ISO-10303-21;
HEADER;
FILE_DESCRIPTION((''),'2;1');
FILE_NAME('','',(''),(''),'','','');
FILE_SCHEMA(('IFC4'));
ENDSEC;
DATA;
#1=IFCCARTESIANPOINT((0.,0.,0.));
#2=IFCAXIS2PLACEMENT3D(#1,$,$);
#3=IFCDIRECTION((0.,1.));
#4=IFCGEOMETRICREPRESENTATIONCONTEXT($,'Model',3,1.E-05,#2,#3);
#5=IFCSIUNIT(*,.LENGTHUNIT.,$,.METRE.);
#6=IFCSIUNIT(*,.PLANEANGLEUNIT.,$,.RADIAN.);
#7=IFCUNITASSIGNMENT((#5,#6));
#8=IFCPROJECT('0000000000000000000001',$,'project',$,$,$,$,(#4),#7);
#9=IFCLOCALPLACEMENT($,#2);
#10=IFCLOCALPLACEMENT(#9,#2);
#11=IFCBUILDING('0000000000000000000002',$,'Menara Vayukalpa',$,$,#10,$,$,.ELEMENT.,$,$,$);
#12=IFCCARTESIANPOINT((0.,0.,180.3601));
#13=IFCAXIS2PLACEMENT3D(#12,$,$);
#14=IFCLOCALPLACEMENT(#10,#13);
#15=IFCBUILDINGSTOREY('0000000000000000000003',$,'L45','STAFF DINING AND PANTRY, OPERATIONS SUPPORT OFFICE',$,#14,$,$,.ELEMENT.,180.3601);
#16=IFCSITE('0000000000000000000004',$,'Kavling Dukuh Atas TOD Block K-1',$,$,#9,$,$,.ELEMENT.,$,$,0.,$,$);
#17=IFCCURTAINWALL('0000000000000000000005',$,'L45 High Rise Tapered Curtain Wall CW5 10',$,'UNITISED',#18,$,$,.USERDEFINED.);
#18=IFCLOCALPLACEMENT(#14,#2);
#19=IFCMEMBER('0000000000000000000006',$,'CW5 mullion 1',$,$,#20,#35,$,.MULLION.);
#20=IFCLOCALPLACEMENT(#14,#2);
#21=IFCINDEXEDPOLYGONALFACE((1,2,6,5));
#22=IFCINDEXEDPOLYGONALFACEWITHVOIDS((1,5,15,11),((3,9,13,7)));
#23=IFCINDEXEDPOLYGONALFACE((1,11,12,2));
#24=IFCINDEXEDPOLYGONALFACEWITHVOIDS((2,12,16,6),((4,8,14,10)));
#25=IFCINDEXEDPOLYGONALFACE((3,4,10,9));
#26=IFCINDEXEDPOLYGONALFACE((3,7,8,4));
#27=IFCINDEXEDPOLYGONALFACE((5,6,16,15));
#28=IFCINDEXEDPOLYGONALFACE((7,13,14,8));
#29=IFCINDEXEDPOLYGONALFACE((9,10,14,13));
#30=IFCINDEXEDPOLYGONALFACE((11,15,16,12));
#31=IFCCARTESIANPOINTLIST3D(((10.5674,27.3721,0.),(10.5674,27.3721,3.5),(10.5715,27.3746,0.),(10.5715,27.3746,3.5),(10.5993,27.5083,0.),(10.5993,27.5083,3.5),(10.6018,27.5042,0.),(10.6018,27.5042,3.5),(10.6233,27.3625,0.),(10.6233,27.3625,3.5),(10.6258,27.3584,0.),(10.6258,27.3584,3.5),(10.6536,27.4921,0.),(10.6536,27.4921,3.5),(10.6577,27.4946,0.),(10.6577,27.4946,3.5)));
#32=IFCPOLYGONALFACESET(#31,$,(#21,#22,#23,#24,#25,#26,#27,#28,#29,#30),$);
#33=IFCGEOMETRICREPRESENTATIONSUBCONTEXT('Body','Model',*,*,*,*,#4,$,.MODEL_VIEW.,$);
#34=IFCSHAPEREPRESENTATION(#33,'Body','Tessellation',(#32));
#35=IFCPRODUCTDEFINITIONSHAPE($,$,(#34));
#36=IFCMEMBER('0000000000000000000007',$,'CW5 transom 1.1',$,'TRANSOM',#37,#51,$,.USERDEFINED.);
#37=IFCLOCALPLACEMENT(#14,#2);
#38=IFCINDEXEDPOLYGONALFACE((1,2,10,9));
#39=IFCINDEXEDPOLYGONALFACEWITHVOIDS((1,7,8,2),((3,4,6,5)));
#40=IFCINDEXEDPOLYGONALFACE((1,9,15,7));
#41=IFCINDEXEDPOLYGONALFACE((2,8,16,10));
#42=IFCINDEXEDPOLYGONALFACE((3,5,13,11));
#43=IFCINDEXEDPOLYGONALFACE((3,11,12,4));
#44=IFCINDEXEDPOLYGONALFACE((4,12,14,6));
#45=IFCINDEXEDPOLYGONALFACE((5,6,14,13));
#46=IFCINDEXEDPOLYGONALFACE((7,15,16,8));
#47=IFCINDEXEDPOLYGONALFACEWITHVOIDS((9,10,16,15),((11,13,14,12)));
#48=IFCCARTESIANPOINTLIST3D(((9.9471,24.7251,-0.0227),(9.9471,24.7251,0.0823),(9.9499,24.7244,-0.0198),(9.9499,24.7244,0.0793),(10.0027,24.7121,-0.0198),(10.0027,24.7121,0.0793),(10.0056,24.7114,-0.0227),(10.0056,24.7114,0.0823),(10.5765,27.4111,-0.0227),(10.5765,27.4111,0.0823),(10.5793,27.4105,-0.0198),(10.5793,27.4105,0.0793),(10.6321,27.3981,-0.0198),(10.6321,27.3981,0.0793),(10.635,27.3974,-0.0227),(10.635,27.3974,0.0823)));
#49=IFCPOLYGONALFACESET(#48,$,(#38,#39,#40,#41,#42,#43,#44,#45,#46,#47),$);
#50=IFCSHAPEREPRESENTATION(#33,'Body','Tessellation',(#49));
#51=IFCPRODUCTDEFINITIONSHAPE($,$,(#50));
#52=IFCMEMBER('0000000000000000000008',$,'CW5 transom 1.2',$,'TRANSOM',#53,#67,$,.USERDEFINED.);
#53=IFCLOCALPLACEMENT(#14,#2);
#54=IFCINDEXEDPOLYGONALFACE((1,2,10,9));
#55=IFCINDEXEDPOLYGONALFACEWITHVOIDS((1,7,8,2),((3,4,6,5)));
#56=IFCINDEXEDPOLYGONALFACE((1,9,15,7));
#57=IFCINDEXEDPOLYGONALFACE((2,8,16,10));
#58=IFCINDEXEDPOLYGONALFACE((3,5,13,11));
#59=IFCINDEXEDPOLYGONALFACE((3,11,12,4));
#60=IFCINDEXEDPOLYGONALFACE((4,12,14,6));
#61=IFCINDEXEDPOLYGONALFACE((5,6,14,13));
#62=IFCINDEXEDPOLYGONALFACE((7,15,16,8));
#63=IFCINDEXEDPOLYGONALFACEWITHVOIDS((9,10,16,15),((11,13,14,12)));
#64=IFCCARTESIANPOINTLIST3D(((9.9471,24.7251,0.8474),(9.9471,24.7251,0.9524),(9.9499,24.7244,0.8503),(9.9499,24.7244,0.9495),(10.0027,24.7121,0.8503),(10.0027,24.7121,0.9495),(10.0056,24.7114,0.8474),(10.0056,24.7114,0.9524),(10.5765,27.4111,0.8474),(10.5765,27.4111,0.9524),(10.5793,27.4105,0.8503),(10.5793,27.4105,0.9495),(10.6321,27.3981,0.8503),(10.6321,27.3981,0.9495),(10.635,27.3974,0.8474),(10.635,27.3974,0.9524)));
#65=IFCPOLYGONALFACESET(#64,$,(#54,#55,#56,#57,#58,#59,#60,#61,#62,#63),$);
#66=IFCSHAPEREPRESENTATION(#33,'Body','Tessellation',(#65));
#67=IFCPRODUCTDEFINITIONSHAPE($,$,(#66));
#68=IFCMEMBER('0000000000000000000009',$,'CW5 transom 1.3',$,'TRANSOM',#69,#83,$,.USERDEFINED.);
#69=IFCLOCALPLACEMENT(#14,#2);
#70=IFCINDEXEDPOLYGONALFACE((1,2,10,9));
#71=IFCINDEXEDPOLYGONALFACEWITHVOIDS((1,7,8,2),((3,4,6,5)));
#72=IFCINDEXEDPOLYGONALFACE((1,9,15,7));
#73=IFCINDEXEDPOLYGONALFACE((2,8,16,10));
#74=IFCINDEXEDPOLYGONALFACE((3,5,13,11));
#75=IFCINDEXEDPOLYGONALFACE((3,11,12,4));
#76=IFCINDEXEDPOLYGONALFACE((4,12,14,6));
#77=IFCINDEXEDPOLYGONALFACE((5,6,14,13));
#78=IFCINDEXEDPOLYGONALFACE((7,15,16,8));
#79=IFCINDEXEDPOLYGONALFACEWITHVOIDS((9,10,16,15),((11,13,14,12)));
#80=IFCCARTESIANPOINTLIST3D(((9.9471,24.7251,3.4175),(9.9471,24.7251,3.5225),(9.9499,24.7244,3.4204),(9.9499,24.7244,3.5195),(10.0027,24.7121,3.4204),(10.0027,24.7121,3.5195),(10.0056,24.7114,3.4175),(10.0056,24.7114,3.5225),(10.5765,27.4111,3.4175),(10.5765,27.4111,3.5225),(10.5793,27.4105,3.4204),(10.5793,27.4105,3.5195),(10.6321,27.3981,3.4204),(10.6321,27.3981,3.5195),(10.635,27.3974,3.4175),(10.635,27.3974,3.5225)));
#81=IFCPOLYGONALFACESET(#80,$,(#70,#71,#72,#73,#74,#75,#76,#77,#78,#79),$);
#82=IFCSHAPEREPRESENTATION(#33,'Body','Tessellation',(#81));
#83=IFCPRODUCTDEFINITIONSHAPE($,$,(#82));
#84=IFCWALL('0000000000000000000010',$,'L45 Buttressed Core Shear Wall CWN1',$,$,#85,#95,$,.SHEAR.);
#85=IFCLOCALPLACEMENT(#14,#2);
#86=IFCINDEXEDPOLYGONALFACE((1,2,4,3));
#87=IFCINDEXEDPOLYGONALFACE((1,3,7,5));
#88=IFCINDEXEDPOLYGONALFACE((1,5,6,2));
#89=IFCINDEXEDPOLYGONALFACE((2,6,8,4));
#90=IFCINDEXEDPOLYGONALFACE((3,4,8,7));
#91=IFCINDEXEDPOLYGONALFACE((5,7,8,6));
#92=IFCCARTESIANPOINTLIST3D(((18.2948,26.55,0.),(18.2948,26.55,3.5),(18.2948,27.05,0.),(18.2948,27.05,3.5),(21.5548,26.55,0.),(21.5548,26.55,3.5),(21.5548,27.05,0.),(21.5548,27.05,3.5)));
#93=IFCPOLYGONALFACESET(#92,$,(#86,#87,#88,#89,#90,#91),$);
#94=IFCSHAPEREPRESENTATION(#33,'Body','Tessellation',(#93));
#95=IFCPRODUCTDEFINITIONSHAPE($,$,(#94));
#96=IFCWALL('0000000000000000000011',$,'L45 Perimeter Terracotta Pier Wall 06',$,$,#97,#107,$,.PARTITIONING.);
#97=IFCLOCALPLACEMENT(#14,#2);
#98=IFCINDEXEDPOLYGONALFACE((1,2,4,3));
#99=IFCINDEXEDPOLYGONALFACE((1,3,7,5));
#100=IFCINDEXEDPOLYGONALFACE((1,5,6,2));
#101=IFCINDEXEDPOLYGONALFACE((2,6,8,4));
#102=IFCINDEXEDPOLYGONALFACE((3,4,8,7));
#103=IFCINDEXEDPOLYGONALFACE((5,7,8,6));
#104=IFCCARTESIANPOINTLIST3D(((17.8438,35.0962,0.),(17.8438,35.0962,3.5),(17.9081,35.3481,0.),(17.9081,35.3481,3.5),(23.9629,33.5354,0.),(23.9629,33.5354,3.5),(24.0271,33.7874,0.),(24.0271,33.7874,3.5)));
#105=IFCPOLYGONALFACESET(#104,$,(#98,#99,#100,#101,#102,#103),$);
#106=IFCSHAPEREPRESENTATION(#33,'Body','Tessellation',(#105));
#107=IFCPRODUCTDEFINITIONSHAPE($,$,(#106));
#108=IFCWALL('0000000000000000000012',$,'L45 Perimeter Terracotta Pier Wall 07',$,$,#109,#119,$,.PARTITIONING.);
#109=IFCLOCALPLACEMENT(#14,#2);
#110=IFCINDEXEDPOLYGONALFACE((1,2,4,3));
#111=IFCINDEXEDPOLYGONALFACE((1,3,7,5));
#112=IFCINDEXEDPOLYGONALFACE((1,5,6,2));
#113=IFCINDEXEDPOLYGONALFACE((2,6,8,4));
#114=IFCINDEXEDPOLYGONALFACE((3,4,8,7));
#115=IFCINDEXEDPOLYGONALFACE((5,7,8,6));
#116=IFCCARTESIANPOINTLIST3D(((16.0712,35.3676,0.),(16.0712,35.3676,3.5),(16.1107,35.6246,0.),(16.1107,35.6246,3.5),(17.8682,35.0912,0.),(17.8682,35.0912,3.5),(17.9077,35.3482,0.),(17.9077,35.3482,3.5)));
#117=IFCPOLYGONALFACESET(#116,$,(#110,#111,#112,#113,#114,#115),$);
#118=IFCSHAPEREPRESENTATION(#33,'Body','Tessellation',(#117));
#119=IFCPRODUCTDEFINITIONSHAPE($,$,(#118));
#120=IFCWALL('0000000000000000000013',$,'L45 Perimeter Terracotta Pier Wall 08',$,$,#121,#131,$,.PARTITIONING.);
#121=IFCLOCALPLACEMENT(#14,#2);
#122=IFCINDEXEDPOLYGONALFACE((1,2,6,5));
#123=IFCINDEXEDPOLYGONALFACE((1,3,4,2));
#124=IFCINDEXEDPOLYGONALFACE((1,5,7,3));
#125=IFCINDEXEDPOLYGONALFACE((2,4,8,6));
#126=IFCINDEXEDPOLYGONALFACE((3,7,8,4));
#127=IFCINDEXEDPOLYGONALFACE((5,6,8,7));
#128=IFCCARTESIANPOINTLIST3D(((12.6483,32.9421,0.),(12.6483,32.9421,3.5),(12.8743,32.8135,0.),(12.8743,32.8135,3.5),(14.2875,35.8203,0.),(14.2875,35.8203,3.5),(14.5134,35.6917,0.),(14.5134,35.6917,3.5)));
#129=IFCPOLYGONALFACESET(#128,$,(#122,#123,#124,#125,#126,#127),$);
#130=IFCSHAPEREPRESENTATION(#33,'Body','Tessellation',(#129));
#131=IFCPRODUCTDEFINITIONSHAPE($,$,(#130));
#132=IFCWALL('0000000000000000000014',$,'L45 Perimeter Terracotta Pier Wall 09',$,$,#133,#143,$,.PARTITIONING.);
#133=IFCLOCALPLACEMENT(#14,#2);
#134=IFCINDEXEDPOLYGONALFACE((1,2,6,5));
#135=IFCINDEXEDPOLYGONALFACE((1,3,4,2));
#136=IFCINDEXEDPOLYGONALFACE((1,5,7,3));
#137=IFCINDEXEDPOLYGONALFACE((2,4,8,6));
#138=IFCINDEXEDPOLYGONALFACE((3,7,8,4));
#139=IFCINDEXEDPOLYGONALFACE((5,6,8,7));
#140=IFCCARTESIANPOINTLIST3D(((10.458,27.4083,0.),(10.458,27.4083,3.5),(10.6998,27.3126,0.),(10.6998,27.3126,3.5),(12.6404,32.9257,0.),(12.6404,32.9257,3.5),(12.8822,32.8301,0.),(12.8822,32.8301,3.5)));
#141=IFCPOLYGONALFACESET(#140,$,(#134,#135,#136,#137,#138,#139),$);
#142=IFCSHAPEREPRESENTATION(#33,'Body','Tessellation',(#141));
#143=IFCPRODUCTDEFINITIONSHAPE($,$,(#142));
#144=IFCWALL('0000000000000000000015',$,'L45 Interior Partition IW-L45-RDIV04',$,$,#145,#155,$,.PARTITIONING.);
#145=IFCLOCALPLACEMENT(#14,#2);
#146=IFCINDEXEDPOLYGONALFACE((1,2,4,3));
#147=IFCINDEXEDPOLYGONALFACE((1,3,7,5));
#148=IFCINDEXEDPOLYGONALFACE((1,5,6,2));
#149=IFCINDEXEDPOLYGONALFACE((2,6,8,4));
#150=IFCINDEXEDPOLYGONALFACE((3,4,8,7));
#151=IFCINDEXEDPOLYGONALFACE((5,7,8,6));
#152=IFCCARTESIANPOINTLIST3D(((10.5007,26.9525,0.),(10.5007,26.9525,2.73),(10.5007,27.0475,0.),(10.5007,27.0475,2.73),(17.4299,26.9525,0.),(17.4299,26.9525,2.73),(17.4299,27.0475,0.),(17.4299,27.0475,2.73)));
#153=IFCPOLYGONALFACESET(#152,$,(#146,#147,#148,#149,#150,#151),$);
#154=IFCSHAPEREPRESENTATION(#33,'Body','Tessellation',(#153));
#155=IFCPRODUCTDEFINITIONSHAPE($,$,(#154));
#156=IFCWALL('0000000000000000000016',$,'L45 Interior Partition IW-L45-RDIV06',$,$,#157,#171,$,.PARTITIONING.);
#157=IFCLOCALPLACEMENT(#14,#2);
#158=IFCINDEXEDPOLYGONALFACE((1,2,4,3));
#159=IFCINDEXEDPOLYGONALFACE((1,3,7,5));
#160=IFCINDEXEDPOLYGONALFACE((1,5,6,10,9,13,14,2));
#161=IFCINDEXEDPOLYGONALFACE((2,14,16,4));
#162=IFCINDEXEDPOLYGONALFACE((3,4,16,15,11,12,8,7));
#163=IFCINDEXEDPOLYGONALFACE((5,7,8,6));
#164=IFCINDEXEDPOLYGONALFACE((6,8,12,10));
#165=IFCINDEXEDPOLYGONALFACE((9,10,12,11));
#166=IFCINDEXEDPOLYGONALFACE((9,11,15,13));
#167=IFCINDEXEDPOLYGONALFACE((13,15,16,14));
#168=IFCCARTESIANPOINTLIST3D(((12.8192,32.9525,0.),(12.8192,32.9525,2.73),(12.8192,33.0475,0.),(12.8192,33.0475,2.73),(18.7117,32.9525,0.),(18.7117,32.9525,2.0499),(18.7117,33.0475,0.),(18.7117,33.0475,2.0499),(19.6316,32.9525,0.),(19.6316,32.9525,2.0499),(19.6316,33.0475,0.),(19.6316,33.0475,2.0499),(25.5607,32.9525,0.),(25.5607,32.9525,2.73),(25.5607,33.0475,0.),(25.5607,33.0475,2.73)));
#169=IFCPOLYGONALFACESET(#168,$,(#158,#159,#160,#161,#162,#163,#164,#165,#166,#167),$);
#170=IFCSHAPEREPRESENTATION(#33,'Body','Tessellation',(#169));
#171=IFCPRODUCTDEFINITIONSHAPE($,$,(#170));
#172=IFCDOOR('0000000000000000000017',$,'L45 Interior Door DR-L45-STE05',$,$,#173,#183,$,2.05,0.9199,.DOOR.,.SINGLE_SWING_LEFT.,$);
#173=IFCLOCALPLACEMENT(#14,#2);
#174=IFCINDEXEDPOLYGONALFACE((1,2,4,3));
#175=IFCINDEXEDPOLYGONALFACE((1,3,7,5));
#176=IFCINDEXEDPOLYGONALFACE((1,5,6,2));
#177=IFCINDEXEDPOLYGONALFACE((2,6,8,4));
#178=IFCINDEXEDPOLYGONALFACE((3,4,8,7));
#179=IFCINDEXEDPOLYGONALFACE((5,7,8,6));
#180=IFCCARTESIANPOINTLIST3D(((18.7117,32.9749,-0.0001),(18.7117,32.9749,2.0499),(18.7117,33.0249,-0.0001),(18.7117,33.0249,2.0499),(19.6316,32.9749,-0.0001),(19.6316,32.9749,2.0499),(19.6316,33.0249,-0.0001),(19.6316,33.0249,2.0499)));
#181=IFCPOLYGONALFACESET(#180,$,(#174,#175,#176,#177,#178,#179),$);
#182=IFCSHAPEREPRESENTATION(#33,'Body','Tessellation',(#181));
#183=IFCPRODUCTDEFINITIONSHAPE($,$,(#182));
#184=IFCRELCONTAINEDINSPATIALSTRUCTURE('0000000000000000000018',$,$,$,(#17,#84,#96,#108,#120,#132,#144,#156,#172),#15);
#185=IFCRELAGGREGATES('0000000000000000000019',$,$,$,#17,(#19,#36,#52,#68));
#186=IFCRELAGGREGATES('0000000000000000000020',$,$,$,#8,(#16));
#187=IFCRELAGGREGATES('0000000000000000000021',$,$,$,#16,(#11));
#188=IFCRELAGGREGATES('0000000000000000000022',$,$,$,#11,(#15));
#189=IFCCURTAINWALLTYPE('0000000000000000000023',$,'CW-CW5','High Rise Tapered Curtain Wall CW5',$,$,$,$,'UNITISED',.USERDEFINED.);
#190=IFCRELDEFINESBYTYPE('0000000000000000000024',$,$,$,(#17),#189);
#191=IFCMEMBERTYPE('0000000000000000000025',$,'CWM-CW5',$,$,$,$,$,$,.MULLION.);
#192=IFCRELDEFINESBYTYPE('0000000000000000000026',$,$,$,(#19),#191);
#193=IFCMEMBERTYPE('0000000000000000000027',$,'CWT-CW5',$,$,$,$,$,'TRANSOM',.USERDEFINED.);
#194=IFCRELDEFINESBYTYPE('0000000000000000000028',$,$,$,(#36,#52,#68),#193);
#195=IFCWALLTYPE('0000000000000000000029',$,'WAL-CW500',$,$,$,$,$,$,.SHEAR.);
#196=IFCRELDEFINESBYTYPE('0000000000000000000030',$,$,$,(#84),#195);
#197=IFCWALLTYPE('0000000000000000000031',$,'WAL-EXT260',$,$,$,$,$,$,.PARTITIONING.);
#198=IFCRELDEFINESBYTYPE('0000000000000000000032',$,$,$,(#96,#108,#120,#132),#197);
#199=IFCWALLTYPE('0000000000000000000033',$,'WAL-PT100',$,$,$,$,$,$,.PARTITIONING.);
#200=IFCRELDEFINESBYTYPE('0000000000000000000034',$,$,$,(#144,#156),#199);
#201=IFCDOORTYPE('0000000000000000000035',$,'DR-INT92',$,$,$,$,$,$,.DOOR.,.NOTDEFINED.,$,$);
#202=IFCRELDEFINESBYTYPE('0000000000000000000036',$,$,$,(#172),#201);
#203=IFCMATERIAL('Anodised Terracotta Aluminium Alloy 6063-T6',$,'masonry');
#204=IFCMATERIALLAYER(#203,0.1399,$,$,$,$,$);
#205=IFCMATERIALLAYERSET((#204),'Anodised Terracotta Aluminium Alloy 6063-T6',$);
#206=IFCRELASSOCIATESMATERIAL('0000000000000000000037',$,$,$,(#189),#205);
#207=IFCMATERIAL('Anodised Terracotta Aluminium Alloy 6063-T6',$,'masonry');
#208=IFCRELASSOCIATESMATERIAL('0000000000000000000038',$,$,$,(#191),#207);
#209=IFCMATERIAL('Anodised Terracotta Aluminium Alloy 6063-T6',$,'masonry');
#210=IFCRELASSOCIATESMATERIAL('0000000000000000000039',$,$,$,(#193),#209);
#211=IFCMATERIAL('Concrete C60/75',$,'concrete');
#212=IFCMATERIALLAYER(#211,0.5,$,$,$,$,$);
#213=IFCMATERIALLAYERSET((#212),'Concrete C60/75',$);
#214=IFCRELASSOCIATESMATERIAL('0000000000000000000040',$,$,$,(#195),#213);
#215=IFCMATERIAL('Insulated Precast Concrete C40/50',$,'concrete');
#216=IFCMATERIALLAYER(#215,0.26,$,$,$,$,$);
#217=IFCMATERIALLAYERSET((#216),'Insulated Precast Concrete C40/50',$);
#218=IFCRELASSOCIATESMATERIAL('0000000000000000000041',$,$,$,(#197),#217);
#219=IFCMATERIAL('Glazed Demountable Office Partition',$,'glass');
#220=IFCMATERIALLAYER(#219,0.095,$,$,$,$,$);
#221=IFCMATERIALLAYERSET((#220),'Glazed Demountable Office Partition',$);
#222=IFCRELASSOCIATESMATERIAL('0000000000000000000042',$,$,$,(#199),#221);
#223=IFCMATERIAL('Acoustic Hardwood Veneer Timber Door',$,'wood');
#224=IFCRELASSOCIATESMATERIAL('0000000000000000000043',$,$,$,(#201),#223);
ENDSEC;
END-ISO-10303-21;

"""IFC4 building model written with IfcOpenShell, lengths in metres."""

from ifc_helpers import new_model, si_unit, direction, frame, frame_2d, origin, origin_2d, place, context, subcontext, project, spatial, rectangle, hollow_rectangle, extrude, material, layer, layer_set, material_profile, profile_set, type_object, element, fill, aggregate, save


model = new_model("IFC4")

# Units and contexts
model_context = context("Model", 3, precision=1e-05, world=origin(), true_north=direction((0.0, 1.0)))
body_context = subcontext(model_context, "Body", "Model", "MODEL_VIEW")
ifc_project = project(units=[si_unit("LENGTHUNIT", "METRE"), si_unit("PLANEANGLEUNIT", "RADIAN")], contexts=[model_context])

# Site, building, storey
site_placement = place(None, origin())
site = spatial("IfcSite", under=ifc_project, at=site_placement, Name="Kavling Dukuh Atas TOD Block K-1", CompositionType="ELEMENT", RefElevation=0.0)
building_placement = place(site_placement, origin())
building = spatial("IfcBuilding", under=site, at=building_placement, Name="Menara Vayukalpa", CompositionType="ELEMENT")
storey_placement = place(building_placement, frame((0.0, 0.0, 180.3601)))
storey = spatial("IfcBuildingStorey", under=building, at=storey_placement, Name="L45", Description="STAFF DINING AND PANTRY, OPERATIONS SUPPORT OFFICE", CompositionType="ELEMENT", Elevation=180.3601)

# Curtain wall, members
ifc_material_1 = material(Name="Anodised Terracotta Aluminium Alloy 6063-T6", Category="masonry")
ifc_layer_1 = layer(ifc_material_1, 0.1399)
ifc_layer_set_1 = layer_set([ifc_layer_1], Name="Anodised Terracotta Aluminium Alloy 6063-T6")
curtain_wall_type = type_object("IfcCurtainWallType", Name="CW-CW5", Description="High Rise Tapered Curtain Wall CW5", ElementType="UNITISED", PredefinedType="USERDEFINED", material=ifc_layer_set_1)
curtain_wall_placement = place(storey_placement, origin())
curtain_wall = element("IfcCurtainWall", 1, at=curtain_wall_placement, inside=storey, type_object=curtain_wall_type, Name="L45 High Rise Tapered Curtain Wall CW5 10", ObjectType="UNITISED", PredefinedType="USERDEFINED")
ifc_material_2 = material(Name="Anodised Terracotta Aluminium Alloy 6063-T6", Category="masonry")
ifc_material_profile_1 = material_profile(ifc_material_2, hollow_rectangle(XDim=0.0601, YDim=0.1399, WallThickness=0.0034, at=origin_2d()), Name="ALU 60x140x3.5")
ifc_profile_set_1 = profile_set([ifc_material_profile_1], Name="Anodised Terracotta Aluminium Alloy 6063-T6")
member_type_1 = type_object("IfcMemberType", Name="CWM-CW5", PredefinedType="MULLION", material=ifc_profile_set_1)
member_1_placement = place(storey_placement, frame((10.6125, 27.4333, 0.0), z_axis=(0.0, 0.0, 1.0), x_axis=(0.973626, -0.228149, 0.0)))
member_1 = element("IfcMember", 2, at=member_1_placement, type_object=member_type_1, Name="CW5 mullion 1", PredefinedType="MULLION", context=body_context, shape_type="SweptSolid", body=[
    extrude(hollow_rectangle(XDim=0.0601, YDim=0.1399, WallThickness=0.0034, at=origin_2d()), origin(), (0.0, 0.0, 1.0), 3.5),
])
ifc_material_3 = material(Name="Anodised Terracotta Aluminium Alloy 6063-T6", Category="masonry")
ifc_material_profile_2 = material_profile(ifc_material_3, hollow_rectangle(XDim=0.0601, YDim=0.105, WallThickness=0.0029, at=origin_2d()), Name="ALU 60x105x3")
ifc_profile_set_2 = profile_set([ifc_material_profile_2], Name="Anodised Terracotta Aluminium Alloy 6063-T6")
member_type_2 = type_object("IfcMemberType", Name="CWT-CW5", ElementType="TRANSOM", PredefinedType="USERDEFINED", material=ifc_profile_set_2)
member_2_placement = place(storey_placement, frame((10.6057, 27.4043, 0.0298), z_axis=(-0.228142, -0.973628, 0.0), x_axis=(0.973628, -0.228142, 0.0)))
member_2 = element("IfcMember", 3, at=member_2_placement, type_object=member_type_2, Name="CW5 transom 1.1", ObjectType="TRANSOM", PredefinedType="USERDEFINED", context=body_context, shape_type="SweptSolid", body=[
    extrude(hollow_rectangle(XDim=0.0601, YDim=0.105, WallThickness=0.0029, at=origin_2d()), origin(), (0.0, 0.0, 1.0), 2.7588),
])
member_3_placement = place(storey_placement, frame((10.6057, 27.4043, 0.8999), z_axis=(-0.228142, -0.973628, 0.0), x_axis=(0.973628, -0.228142, 0.0)))
member_3 = element("IfcMember", 4, at=member_3_placement, type_object=member_type_2, Name="CW5 transom 1.2", ObjectType="TRANSOM", PredefinedType="USERDEFINED", context=body_context, shape_type="SweptSolid", body=[
    extrude(hollow_rectangle(XDim=0.0601, YDim=0.105, WallThickness=0.0029, at=origin_2d()), origin(), (0.0, 0.0, 1.0), 2.7588),
])
member_4_placement = place(storey_placement, frame((10.6057, 27.4043, 3.47), z_axis=(-0.228142, -0.973628, 0.0), x_axis=(0.973628, -0.228142, 0.0)))
member_4 = element("IfcMember", 5, at=member_4_placement, type_object=member_type_2, Name="CW5 transom 1.3", ObjectType="TRANSOM", PredefinedType="USERDEFINED", context=body_context, shape_type="SweptSolid", body=[
    extrude(hollow_rectangle(XDim=0.0601, YDim=0.105, WallThickness=0.0029, at=origin_2d()), origin(), (0.0, 0.0, 1.0), 2.7588),
])
aggregate(curtain_wall, [member_1, member_2, member_3, member_4])

# Walls
ifc_material_4 = material(Name="Concrete C60/75", Category="concrete")
ifc_layer_2 = layer(ifc_material_4, 0.5)
ifc_layer_set_2 = layer_set([ifc_layer_2], Name="Concrete C60/75")
wall_type_1 = type_object("IfcWallType", Name="WAL-CW500", PredefinedType="SHEAR", material=ifc_layer_set_2)
wall_1_placement = place(storey_placement, frame((18.2949, 26.8, 0.0), z_axis=(0.0, 0.0, 1.0), x_axis=(1.0, 0.0, 0.0)))
element("IfcWall", 6, at=wall_1_placement, inside=storey, type_object=wall_type_1, Name="L45 Buttressed Core Shear Wall CWN1", PredefinedType="SHEAR", context=body_context, shape_type="SweptSolid", body=[
    extrude(rectangle(XDim=3.26, YDim=0.5, at=frame_2d((1.6299, 0.0))), origin(), (0.0, 0.0, 1.0), 3.5),
])
ifc_material_5 = material(Name="Insulated Precast Concrete C40/50", Category="concrete")
ifc_layer_3 = layer(ifc_material_5, 0.26)
ifc_layer_set_3 = layer_set([ifc_layer_3], Name="Insulated Precast Concrete C40/50")
wall_type_2 = type_object("IfcWallType", Name="WAL-EXT260", PredefinedType="PARTITIONING", material=ifc_layer_set_3)
wall_2_placement = place(storey_placement, frame((17.876, 35.2222, 0.0), z_axis=(0.0, 0.0, 1.0), x_axis=(0.968976, -0.247154, 0.0)))
element("IfcWall", 7, at=wall_2_placement, inside=storey, type_object=wall_type_2, Name="L45 Perimeter Terracotta Pier Wall 06", PredefinedType="PARTITIONING", context=body_context, shape_type="SweptSolid", body=[
    extrude(rectangle(XDim=6.3149, YDim=0.26, at=frame_2d((3.1575, 0.0))), origin(), (0.0, 0.0, 1.0), 3.5),
])
wall_3_placement = place(storey_placement, frame((16.0908, 35.4961, 0.0), z_axis=(0.0, 0.0, 1.0), x_axis=(0.988378, -0.152017, 0.0)))
element("IfcWall", 8, at=wall_3_placement, inside=storey, type_object=wall_type_2, Name="L45 Perimeter Terracotta Pier Wall 07", PredefinedType="PARTITIONING", context=body_context, shape_type="SweptSolid", body=[
    extrude(rectangle(XDim=1.8181, YDim=0.26, at=frame_2d((0.9092, 0.0))), origin(), (0.0, 0.0, 1.0), 3.5),
])
wall_4_placement = place(storey_placement, frame((12.7612, 32.8777, 0.0), z_axis=(0.0, 0.0, 1.0), x_axis=(0.494884, 0.868959, 0.0)))
element("IfcWall", 9, at=wall_4_placement, inside=storey, type_object=wall_type_2, Name="L45 Perimeter Terracotta Pier Wall 08", PredefinedType="PARTITIONING", context=body_context, shape_type="SweptSolid", body=[
    extrude(rectangle(XDim=3.3123, YDim=0.26, at=frame_2d((1.6562, 0.0))), origin(), (0.0, 0.0, 1.0), 3.5),
])
wall_5_placement = place(storey_placement, frame((10.5789, 27.3604, 0.0), z_axis=(0.0, 0.0, 1.0), x_axis=(0.367819, 0.929897, 0.0)))
element("IfcWall", 10, at=wall_5_placement, inside=storey, type_object=wall_type_2, Name="L45 Perimeter Terracotta Pier Wall 09", PredefinedType="PARTITIONING", context=body_context, shape_type="SweptSolid", body=[
    extrude(rectangle(XDim=5.9333, YDim=0.26, at=frame_2d((2.9668, 0.0))), origin(), (0.0, 0.0, 1.0), 3.5),
])
ifc_material_6 = material(Name="Glazed Demountable Office Partition", Category="glass")
ifc_layer_4 = layer(ifc_material_6, 0.095)
ifc_layer_set_4 = layer_set([ifc_layer_4], Name="Glazed Demountable Office Partition")
wall_type_3 = type_object("IfcWallType", Name="WAL-PT100", PredefinedType="PARTITIONING", material=ifc_layer_set_4)
wall_6_placement = place(storey_placement, frame((10.5007, 27.0, 0.0), z_axis=(0.0, 0.0, 1.0), x_axis=(1.0, 0.0, 0.0)))
element("IfcWall", 11, at=wall_6_placement, inside=storey, type_object=wall_type_3, Name="L45 Interior Partition IW-L45-RDIV04", PredefinedType="PARTITIONING", context=body_context, shape_type="SweptSolid", body=[
    extrude(rectangle(XDim=6.9292, YDim=0.095, at=frame_2d((3.4646, 0.0))), origin(), (0.0, 0.0, 1.0), 2.73),
])

# Wall, opening, door
wall_7_placement = place(storey_placement, frame((12.8193, 33.0, 0.0), z_axis=(0.0, 0.0, 1.0), x_axis=(1.0, 0.0, 0.0)))
wall_7 = element("IfcWall", 12, at=wall_7_placement, inside=storey, type_object=wall_type_3, Name="L45 Interior Partition IW-L45-RDIV06", PredefinedType="PARTITIONING", context=body_context, shape_type="SweptSolid", body=[
    extrude(rectangle(XDim=12.7415, YDim=0.095, at=frame_2d((6.3706, 0.0))), origin(), (0.0, 0.0, 1.0), 2.73),
])
opening_placement = place(wall_7_placement, frame((5.8923, 0.0, 0.0)))
opening = element("IfcOpeningElement", 13, at=opening_placement, cuts=wall_7, PredefinedType="OPENING", context=body_context, shape_type="SweptSolid", body=[
    extrude(rectangle(XDim=0.9199, YDim=2.05, at=frame_2d((0.46, 1.0249))), frame((0.0, 0.0574, 0.0), z_axis=(0.0, -1.0, 0.0), x_axis=(1.0, 0.0, 0.0)), (0.0, 0.0, 1.0), 0.115),
])
ifc_material_7 = material(Name="Acoustic Hardwood Veneer Timber Door", Category="wood")
door_type = type_object("IfcDoorType", Name="DR-INT92", OperationType="NOTDEFINED", PredefinedType="DOOR", material=ifc_material_7)
door_placement = place(opening_placement, origin())
door = element("IfcDoor", 14, at=door_placement, inside=storey, type_object=door_type, Name="L45 Interior Door DR-L45-STE05", OperationType="SINGLE_SWING_LEFT", OverallHeight=2.05, OverallWidth=0.9199, PredefinedType="DOOR", context=body_context, shape_type="SweptSolid", body=[
    extrude(rectangle(XDim=0.9199, YDim=2.05, at=frame_2d((0.46, 1.0249))), frame((0.0, 0.0249, 0.0), z_axis=(0.0, -1.0, 0.0), x_axis=(1.0, 0.0, 0.0)), (0.0, 0.0, 1.0), 0.05),
])
fill(opening, door)

save(model, "model.ifc")
